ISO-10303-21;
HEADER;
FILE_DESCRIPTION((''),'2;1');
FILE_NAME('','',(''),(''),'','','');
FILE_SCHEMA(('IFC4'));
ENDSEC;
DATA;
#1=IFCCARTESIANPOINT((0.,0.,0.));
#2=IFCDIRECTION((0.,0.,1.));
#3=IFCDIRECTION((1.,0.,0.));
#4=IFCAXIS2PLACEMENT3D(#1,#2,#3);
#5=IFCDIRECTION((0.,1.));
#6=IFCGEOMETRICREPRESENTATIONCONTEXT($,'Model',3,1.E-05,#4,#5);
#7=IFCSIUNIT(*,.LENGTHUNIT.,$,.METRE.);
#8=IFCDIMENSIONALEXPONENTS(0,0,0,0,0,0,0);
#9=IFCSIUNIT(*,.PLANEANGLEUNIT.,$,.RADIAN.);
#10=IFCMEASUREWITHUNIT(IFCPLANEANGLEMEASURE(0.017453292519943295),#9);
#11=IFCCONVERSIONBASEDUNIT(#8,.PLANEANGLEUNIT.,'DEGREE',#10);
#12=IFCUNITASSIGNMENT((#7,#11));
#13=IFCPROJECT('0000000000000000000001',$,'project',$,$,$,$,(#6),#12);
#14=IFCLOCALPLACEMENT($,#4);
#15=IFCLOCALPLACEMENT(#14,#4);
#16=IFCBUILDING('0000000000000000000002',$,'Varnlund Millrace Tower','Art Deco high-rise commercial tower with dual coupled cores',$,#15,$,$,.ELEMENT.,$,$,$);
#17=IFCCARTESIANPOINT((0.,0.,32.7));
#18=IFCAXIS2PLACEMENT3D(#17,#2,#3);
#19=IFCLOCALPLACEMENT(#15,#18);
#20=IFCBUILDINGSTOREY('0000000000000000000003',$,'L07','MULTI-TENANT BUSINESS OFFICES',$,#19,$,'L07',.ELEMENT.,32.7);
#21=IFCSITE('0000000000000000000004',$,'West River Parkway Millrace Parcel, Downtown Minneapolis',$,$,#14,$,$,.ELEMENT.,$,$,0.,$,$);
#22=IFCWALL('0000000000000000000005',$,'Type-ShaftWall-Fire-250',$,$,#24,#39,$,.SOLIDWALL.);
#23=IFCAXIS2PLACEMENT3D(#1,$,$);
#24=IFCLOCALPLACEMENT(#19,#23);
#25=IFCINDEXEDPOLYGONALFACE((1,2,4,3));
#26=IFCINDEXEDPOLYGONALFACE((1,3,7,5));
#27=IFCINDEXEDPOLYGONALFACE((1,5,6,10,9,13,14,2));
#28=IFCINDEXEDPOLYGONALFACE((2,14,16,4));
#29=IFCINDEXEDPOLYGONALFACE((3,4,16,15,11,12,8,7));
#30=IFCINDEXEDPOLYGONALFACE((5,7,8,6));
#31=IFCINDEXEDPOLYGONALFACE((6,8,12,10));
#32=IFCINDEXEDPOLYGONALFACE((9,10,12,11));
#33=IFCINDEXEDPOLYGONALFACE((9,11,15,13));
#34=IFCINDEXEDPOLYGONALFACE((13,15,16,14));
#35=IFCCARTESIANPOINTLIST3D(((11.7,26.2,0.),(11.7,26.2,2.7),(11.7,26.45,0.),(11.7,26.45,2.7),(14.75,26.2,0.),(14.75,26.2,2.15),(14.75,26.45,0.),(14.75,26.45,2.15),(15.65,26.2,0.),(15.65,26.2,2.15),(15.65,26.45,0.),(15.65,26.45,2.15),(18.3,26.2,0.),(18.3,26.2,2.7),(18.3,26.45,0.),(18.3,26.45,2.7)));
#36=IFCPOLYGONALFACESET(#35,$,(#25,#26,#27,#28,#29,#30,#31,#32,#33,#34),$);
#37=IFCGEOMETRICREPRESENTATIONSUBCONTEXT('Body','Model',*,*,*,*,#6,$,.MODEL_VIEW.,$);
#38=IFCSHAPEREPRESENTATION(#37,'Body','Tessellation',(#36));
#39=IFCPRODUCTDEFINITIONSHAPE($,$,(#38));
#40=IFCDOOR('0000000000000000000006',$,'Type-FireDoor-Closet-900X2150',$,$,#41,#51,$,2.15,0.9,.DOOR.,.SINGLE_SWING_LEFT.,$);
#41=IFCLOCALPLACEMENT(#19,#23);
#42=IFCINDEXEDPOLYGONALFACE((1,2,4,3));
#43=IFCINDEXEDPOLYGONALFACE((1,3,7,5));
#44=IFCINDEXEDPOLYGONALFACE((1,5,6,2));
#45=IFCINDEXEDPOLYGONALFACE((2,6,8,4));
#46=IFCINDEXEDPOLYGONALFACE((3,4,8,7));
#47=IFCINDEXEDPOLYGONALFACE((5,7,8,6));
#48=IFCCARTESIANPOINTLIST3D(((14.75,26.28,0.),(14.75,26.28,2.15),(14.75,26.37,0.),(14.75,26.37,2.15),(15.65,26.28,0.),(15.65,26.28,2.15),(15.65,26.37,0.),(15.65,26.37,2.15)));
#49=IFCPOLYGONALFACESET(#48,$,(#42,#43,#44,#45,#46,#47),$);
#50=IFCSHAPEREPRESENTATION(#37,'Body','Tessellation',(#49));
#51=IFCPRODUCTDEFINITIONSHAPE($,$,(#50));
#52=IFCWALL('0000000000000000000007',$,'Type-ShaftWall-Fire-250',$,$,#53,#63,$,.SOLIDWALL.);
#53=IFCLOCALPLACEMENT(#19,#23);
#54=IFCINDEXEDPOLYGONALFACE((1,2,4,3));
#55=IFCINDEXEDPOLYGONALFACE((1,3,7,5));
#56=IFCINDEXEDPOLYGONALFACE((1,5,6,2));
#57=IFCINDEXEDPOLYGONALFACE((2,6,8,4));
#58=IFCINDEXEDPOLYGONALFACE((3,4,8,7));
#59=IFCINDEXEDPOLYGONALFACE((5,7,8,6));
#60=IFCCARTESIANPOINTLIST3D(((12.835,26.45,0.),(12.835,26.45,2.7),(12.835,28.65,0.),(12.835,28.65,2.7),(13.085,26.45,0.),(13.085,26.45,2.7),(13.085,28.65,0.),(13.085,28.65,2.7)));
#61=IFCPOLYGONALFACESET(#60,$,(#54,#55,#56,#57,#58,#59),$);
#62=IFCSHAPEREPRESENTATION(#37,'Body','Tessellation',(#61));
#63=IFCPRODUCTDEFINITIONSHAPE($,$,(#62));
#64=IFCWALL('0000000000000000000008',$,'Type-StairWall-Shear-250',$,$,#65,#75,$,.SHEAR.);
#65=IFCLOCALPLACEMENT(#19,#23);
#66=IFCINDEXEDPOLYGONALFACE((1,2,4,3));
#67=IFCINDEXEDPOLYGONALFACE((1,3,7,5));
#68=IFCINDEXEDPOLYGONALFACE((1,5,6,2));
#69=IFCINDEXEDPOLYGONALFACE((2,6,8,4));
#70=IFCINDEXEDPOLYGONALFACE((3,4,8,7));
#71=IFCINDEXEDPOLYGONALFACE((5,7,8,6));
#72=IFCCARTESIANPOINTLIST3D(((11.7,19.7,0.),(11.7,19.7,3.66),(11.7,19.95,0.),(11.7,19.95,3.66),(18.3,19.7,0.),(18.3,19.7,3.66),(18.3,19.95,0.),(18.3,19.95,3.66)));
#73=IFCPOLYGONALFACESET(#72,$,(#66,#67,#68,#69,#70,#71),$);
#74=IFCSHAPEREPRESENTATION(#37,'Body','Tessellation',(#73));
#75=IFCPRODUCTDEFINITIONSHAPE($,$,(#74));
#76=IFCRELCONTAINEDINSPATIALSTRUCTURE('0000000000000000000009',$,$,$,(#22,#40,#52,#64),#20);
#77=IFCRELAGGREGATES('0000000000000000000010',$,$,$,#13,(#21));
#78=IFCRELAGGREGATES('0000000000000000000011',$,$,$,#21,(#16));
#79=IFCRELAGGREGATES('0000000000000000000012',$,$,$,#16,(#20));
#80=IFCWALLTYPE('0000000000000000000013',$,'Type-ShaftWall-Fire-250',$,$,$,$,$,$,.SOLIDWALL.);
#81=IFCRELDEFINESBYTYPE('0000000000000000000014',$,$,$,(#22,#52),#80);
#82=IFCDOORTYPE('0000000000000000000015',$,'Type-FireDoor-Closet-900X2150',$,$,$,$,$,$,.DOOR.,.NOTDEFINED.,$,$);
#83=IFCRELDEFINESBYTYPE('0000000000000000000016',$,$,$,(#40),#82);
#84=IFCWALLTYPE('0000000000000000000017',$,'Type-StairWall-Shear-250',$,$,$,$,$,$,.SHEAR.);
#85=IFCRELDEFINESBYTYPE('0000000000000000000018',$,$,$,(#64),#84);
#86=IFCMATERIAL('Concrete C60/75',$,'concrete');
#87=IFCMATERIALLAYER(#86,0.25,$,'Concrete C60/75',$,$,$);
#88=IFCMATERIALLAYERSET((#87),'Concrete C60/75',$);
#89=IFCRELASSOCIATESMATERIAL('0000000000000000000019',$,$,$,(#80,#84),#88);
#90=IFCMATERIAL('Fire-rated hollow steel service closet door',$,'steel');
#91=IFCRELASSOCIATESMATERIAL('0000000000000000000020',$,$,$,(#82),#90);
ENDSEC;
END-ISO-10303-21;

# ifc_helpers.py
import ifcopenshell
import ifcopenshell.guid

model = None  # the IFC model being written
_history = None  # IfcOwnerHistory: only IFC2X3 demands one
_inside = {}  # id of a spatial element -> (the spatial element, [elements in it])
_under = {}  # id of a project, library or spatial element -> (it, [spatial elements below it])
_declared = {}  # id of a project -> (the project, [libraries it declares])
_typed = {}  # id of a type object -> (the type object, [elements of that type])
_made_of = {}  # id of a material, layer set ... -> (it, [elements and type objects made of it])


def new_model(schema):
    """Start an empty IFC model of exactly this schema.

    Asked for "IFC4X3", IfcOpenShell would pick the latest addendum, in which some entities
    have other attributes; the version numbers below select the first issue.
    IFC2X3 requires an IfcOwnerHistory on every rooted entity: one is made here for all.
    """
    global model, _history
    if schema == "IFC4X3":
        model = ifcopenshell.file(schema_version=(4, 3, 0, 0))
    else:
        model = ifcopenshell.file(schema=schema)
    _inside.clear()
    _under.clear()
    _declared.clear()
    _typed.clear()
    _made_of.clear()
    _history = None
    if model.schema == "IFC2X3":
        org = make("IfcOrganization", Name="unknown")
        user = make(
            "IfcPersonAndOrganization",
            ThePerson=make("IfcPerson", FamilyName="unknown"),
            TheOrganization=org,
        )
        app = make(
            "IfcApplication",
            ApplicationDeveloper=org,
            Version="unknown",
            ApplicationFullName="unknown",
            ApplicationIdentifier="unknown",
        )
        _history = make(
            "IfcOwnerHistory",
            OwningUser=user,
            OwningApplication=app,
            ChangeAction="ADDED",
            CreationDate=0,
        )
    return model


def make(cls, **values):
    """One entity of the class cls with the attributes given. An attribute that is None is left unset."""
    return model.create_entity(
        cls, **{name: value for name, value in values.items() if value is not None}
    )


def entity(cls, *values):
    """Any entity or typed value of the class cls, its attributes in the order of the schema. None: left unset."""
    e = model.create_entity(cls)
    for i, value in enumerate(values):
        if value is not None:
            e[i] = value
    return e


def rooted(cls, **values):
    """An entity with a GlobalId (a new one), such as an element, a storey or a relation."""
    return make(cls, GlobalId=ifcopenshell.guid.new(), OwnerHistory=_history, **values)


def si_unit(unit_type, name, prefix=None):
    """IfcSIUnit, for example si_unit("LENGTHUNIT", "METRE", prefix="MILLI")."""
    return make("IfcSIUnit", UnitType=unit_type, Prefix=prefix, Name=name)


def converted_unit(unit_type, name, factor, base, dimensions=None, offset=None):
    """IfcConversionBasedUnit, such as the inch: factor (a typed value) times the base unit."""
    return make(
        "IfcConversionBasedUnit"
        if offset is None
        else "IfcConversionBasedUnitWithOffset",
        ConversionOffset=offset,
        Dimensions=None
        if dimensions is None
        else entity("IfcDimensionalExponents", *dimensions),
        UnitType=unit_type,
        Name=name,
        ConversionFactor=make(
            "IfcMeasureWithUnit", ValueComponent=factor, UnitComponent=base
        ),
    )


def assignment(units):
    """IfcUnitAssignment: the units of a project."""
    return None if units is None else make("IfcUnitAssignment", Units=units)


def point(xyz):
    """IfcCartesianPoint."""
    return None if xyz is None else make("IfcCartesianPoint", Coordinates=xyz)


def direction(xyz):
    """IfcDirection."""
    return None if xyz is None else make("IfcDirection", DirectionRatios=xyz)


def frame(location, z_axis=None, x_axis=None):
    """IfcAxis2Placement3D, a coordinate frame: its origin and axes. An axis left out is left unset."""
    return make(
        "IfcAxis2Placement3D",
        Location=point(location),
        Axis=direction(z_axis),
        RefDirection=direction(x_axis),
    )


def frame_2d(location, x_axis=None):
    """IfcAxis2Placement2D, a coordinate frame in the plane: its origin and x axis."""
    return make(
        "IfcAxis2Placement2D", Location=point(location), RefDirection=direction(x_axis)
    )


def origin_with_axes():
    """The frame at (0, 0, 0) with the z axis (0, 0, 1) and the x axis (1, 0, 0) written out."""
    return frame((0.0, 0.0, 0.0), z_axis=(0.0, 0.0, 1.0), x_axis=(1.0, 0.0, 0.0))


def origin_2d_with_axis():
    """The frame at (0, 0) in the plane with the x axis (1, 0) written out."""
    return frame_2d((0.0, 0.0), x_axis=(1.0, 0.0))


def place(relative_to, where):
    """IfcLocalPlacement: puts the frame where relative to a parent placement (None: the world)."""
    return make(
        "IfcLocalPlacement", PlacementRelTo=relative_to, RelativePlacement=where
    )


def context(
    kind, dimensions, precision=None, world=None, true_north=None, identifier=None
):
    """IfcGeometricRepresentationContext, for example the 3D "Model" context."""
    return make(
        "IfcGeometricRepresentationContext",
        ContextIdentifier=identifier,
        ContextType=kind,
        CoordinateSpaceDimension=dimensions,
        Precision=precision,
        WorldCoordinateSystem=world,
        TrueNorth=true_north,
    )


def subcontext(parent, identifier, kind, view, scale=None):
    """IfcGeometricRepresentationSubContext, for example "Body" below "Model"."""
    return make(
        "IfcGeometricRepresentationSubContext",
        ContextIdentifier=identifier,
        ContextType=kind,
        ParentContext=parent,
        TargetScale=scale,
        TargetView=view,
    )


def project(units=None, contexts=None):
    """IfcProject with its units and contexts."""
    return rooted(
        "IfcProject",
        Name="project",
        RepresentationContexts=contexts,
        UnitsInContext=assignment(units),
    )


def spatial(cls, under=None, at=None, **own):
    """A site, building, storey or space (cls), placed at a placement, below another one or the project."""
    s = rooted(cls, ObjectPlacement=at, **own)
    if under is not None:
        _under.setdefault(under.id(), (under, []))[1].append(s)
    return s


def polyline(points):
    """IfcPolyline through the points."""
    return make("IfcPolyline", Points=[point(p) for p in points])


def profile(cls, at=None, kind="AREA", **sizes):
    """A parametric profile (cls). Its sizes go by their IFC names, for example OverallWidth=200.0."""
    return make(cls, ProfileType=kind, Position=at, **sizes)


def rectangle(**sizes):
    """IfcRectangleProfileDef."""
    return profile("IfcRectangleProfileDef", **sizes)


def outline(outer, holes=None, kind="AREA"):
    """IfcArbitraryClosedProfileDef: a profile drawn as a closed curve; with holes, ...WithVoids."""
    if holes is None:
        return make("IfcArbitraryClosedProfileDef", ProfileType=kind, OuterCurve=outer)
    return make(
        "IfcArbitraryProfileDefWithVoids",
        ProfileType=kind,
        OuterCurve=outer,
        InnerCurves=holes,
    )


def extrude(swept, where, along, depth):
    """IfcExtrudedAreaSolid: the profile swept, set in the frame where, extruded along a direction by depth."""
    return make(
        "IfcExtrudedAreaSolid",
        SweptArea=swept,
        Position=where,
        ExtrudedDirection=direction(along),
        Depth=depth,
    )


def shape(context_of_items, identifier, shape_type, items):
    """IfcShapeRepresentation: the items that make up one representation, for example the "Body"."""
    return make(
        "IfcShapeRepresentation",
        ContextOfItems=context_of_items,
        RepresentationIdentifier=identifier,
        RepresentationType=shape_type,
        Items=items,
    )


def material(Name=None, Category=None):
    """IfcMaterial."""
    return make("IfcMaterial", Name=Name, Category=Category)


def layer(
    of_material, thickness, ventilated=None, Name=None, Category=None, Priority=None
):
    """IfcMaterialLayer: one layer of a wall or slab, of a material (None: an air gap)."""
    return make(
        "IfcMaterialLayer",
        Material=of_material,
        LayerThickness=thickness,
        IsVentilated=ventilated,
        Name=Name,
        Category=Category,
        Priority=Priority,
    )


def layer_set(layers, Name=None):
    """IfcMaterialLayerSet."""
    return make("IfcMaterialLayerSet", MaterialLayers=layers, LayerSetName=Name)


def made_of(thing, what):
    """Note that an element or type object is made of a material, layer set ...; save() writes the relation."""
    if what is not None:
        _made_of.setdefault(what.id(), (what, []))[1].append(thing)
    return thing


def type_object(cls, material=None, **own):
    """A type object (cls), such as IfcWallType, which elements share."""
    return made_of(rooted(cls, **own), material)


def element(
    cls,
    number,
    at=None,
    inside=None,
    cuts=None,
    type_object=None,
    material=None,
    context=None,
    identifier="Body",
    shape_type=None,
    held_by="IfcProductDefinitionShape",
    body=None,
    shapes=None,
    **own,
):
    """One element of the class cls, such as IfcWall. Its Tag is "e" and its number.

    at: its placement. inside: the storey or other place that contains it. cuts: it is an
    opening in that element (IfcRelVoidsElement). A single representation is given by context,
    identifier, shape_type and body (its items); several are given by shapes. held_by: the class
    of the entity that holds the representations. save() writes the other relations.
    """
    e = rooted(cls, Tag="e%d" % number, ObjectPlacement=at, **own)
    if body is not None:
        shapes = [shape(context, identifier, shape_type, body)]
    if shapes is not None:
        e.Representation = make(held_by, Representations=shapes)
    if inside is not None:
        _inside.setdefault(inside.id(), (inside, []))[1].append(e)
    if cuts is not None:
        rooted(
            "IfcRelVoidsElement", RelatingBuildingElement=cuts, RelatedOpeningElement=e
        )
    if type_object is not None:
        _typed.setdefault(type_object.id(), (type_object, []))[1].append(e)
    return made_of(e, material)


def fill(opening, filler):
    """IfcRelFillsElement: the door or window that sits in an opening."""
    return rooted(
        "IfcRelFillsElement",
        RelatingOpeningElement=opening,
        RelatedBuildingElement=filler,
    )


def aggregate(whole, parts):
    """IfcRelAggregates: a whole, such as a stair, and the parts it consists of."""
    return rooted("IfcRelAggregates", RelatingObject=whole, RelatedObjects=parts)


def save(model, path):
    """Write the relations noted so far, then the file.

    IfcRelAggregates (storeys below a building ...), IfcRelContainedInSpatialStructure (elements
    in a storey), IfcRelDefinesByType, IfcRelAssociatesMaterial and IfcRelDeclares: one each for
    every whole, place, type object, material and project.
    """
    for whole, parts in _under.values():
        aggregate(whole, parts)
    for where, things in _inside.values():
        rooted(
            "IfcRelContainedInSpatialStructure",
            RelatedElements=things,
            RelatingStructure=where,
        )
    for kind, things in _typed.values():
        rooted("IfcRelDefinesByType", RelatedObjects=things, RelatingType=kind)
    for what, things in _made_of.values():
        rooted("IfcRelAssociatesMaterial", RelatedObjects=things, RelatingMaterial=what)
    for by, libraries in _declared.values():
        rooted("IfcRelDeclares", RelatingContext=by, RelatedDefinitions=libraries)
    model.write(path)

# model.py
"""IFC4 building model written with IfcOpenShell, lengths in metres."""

from ifc_helpers import new_model, entity, si_unit, converted_unit, direction, frame, origin_with_axes, origin_2d_with_axis, place, context, subcontext, project, spatial, polyline, rectangle, outline, extrude, material, layer, layer_set, type_object, element, fill, save


model = new_model("IFC4")

# Units and contexts
model_context = context("Model", 3, precision=1e-05, world=origin_with_axes(), true_north=direction((0.0, 1.0)))
body_context = subcontext(model_context, "Body", "Model", "MODEL_VIEW")
ifc_project = project(units=[si_unit("LENGTHUNIT", "METRE"), converted_unit("PLANEANGLEUNIT", "DEGREE", entity("IfcPlaneAngleMeasure", 0.017453292519943295), si_unit("PLANEANGLEUNIT", "RADIAN"), dimensions=[0, 0, 0, 0, 0, 0, 0])], contexts=[model_context])

# Site, building, storey
site_placement = place(None, origin_with_axes())
site = spatial("IfcSite", under=ifc_project, at=site_placement, Name="West River Parkway Millrace Parcel, Downtown Minneapolis", CompositionType="ELEMENT", RefElevation=0.0)
building_placement = place(site_placement, origin_with_axes())
building = spatial("IfcBuilding", under=site, at=building_placement, Name="Varnlund Millrace Tower", Description="Art Deco high-rise commercial tower with dual coupled cores", CompositionType="ELEMENT")
storey_placement = place(building_placement, frame((0.0, 0.0, 32.7), z_axis=(0.0, 0.0, 1.0), x_axis=(1.0, 0.0, 0.0)))
storey = spatial("IfcBuildingStorey", under=building, at=storey_placement, Name="L07", Description="MULTI-TENANT BUSINESS OFFICES", LongName="L07", CompositionType="ELEMENT", Elevation=32.7)

# Shared definitions
ifc_material_1 = material(Name="Concrete C60/75", Category="concrete")
ifc_layer_1 = layer(ifc_material_1, 0.25, Name="Concrete C60/75")
ifc_layer_set_1 = layer_set([ifc_layer_1], Name="Concrete C60/75")
wall_type_1 = type_object("IfcWallType", Name="Type-ShaftWall-Fire-250", PredefinedType="SOLIDWALL", material=ifc_layer_set_1)

# Wall, opening, door
ifc_material_2 = material(Name="Fire-rated hollow steel service closet door", Category="steel")
door_type_1 = type_object("IfcDoorType", Name="Type-FireDoor-Closet-900X2150", OperationType="NOTDEFINED", PredefinedType="DOOR", material=ifc_material_2)
wall_1_placement = place(storey_placement, frame((11.7, 26.325, 0.0), z_axis=(0.0, 0.0, 1.0), x_axis=(1.0, 0.0, 0.0)))
wall_1 = element("IfcWall", 1, at=wall_1_placement, inside=storey, type_object=wall_type_1, Name="Type-ShaftWall-Fire-250", PredefinedType="SOLIDWALL", context=body_context, shape_type="SweptSolid", body=[
    extrude(outline(polyline([(0.0, -0.125), (6.6, -0.125), (6.6, 0.125), (0.0, 0.125), (0.0, -0.125)])), origin_with_axes(), (0.0, 0.0, 1.0), 2.7),
])
opening_1_placement = place(wall_1_placement, frame((3.5, 0.0, 0.0), z_axis=(0.0, 0.0, 1.0), x_axis=(1.0, 0.0, 0.0)))
opening_1 = element("IfcOpeningElement", 2, at=opening_1_placement, cuts=wall_1, PredefinedType="OPENING", context=body_context, shape_type="SweptSolid", body=[
    extrude(rectangle(XDim=0.9, YDim=0.27, at=origin_2d_with_axis()), origin_with_axes(), (0.0, 0.0, 1.0), 2.15),
])
door_1_placement = place(wall_1_placement, frame((3.5, 0.0, 0.0), z_axis=(0.0, 0.0, 1.0), x_axis=(1.0, 0.0, 0.0)))
door_1 = element("IfcDoor", 3, at=door_1_placement, inside=storey, type_object=door_type_1, Name="Type-FireDoor-Closet-900X2150", OperationType="SINGLE_SWING_LEFT", OverallHeight=2.15, OverallWidth=0.9, PredefinedType="DOOR", context=body_context, shape_type="SweptSolid", body=[
    extrude(rectangle(XDim=0.9, YDim=0.09, at=origin_2d_with_axis()), origin_with_axes(), (0.0, 0.0, 1.0), 2.15),
])
fill(opening_1, door_1)

# Walls
wall_2_placement = place(storey_placement, frame((12.96, 26.45, 0.0), z_axis=(0.0, 0.0, 1.0), x_axis=(0.0, 1.0, 0.0)))
element("IfcWall", 4, at=wall_2_placement, inside=storey, type_object=wall_type_1, Name="Type-ShaftWall-Fire-250", PredefinedType="SOLIDWALL", context=body_context, shape_type="SweptSolid", body=[
    extrude(outline(polyline([(0.0, -0.125), (2.2, -0.125), (2.2, 0.125), (0.0, 0.125), (0.0, -0.125)])), origin_with_axes(), (0.0, 0.0, 1.0), 2.7),
])
wall_type_2 = type_object("IfcWallType", Name="Type-StairWall-Shear-250", PredefinedType="SHEAR", material=ifc_layer_set_1)
wall_3_placement = place(storey_placement, frame((11.7, 19.825, 0.0), z_axis=(0.0, 0.0, 1.0), x_axis=(1.0, 0.0, 0.0)))
element("IfcWall", 5, at=wall_3_placement, inside=storey, type_object=wall_type_2, Name="Type-StairWall-Shear-250", PredefinedType="SHEAR", context=body_context, shape_type="SweptSolid", body=[
    extrude(outline(polyline([(0.0, -0.125), (6.6, -0.125), (6.6, 0.125), (0.0, 0.125), (0.0, -0.125)])), origin_with_axes(), (0.0, 0.0, 1.0), 3.66),
])

save(model, "model.ifc")
